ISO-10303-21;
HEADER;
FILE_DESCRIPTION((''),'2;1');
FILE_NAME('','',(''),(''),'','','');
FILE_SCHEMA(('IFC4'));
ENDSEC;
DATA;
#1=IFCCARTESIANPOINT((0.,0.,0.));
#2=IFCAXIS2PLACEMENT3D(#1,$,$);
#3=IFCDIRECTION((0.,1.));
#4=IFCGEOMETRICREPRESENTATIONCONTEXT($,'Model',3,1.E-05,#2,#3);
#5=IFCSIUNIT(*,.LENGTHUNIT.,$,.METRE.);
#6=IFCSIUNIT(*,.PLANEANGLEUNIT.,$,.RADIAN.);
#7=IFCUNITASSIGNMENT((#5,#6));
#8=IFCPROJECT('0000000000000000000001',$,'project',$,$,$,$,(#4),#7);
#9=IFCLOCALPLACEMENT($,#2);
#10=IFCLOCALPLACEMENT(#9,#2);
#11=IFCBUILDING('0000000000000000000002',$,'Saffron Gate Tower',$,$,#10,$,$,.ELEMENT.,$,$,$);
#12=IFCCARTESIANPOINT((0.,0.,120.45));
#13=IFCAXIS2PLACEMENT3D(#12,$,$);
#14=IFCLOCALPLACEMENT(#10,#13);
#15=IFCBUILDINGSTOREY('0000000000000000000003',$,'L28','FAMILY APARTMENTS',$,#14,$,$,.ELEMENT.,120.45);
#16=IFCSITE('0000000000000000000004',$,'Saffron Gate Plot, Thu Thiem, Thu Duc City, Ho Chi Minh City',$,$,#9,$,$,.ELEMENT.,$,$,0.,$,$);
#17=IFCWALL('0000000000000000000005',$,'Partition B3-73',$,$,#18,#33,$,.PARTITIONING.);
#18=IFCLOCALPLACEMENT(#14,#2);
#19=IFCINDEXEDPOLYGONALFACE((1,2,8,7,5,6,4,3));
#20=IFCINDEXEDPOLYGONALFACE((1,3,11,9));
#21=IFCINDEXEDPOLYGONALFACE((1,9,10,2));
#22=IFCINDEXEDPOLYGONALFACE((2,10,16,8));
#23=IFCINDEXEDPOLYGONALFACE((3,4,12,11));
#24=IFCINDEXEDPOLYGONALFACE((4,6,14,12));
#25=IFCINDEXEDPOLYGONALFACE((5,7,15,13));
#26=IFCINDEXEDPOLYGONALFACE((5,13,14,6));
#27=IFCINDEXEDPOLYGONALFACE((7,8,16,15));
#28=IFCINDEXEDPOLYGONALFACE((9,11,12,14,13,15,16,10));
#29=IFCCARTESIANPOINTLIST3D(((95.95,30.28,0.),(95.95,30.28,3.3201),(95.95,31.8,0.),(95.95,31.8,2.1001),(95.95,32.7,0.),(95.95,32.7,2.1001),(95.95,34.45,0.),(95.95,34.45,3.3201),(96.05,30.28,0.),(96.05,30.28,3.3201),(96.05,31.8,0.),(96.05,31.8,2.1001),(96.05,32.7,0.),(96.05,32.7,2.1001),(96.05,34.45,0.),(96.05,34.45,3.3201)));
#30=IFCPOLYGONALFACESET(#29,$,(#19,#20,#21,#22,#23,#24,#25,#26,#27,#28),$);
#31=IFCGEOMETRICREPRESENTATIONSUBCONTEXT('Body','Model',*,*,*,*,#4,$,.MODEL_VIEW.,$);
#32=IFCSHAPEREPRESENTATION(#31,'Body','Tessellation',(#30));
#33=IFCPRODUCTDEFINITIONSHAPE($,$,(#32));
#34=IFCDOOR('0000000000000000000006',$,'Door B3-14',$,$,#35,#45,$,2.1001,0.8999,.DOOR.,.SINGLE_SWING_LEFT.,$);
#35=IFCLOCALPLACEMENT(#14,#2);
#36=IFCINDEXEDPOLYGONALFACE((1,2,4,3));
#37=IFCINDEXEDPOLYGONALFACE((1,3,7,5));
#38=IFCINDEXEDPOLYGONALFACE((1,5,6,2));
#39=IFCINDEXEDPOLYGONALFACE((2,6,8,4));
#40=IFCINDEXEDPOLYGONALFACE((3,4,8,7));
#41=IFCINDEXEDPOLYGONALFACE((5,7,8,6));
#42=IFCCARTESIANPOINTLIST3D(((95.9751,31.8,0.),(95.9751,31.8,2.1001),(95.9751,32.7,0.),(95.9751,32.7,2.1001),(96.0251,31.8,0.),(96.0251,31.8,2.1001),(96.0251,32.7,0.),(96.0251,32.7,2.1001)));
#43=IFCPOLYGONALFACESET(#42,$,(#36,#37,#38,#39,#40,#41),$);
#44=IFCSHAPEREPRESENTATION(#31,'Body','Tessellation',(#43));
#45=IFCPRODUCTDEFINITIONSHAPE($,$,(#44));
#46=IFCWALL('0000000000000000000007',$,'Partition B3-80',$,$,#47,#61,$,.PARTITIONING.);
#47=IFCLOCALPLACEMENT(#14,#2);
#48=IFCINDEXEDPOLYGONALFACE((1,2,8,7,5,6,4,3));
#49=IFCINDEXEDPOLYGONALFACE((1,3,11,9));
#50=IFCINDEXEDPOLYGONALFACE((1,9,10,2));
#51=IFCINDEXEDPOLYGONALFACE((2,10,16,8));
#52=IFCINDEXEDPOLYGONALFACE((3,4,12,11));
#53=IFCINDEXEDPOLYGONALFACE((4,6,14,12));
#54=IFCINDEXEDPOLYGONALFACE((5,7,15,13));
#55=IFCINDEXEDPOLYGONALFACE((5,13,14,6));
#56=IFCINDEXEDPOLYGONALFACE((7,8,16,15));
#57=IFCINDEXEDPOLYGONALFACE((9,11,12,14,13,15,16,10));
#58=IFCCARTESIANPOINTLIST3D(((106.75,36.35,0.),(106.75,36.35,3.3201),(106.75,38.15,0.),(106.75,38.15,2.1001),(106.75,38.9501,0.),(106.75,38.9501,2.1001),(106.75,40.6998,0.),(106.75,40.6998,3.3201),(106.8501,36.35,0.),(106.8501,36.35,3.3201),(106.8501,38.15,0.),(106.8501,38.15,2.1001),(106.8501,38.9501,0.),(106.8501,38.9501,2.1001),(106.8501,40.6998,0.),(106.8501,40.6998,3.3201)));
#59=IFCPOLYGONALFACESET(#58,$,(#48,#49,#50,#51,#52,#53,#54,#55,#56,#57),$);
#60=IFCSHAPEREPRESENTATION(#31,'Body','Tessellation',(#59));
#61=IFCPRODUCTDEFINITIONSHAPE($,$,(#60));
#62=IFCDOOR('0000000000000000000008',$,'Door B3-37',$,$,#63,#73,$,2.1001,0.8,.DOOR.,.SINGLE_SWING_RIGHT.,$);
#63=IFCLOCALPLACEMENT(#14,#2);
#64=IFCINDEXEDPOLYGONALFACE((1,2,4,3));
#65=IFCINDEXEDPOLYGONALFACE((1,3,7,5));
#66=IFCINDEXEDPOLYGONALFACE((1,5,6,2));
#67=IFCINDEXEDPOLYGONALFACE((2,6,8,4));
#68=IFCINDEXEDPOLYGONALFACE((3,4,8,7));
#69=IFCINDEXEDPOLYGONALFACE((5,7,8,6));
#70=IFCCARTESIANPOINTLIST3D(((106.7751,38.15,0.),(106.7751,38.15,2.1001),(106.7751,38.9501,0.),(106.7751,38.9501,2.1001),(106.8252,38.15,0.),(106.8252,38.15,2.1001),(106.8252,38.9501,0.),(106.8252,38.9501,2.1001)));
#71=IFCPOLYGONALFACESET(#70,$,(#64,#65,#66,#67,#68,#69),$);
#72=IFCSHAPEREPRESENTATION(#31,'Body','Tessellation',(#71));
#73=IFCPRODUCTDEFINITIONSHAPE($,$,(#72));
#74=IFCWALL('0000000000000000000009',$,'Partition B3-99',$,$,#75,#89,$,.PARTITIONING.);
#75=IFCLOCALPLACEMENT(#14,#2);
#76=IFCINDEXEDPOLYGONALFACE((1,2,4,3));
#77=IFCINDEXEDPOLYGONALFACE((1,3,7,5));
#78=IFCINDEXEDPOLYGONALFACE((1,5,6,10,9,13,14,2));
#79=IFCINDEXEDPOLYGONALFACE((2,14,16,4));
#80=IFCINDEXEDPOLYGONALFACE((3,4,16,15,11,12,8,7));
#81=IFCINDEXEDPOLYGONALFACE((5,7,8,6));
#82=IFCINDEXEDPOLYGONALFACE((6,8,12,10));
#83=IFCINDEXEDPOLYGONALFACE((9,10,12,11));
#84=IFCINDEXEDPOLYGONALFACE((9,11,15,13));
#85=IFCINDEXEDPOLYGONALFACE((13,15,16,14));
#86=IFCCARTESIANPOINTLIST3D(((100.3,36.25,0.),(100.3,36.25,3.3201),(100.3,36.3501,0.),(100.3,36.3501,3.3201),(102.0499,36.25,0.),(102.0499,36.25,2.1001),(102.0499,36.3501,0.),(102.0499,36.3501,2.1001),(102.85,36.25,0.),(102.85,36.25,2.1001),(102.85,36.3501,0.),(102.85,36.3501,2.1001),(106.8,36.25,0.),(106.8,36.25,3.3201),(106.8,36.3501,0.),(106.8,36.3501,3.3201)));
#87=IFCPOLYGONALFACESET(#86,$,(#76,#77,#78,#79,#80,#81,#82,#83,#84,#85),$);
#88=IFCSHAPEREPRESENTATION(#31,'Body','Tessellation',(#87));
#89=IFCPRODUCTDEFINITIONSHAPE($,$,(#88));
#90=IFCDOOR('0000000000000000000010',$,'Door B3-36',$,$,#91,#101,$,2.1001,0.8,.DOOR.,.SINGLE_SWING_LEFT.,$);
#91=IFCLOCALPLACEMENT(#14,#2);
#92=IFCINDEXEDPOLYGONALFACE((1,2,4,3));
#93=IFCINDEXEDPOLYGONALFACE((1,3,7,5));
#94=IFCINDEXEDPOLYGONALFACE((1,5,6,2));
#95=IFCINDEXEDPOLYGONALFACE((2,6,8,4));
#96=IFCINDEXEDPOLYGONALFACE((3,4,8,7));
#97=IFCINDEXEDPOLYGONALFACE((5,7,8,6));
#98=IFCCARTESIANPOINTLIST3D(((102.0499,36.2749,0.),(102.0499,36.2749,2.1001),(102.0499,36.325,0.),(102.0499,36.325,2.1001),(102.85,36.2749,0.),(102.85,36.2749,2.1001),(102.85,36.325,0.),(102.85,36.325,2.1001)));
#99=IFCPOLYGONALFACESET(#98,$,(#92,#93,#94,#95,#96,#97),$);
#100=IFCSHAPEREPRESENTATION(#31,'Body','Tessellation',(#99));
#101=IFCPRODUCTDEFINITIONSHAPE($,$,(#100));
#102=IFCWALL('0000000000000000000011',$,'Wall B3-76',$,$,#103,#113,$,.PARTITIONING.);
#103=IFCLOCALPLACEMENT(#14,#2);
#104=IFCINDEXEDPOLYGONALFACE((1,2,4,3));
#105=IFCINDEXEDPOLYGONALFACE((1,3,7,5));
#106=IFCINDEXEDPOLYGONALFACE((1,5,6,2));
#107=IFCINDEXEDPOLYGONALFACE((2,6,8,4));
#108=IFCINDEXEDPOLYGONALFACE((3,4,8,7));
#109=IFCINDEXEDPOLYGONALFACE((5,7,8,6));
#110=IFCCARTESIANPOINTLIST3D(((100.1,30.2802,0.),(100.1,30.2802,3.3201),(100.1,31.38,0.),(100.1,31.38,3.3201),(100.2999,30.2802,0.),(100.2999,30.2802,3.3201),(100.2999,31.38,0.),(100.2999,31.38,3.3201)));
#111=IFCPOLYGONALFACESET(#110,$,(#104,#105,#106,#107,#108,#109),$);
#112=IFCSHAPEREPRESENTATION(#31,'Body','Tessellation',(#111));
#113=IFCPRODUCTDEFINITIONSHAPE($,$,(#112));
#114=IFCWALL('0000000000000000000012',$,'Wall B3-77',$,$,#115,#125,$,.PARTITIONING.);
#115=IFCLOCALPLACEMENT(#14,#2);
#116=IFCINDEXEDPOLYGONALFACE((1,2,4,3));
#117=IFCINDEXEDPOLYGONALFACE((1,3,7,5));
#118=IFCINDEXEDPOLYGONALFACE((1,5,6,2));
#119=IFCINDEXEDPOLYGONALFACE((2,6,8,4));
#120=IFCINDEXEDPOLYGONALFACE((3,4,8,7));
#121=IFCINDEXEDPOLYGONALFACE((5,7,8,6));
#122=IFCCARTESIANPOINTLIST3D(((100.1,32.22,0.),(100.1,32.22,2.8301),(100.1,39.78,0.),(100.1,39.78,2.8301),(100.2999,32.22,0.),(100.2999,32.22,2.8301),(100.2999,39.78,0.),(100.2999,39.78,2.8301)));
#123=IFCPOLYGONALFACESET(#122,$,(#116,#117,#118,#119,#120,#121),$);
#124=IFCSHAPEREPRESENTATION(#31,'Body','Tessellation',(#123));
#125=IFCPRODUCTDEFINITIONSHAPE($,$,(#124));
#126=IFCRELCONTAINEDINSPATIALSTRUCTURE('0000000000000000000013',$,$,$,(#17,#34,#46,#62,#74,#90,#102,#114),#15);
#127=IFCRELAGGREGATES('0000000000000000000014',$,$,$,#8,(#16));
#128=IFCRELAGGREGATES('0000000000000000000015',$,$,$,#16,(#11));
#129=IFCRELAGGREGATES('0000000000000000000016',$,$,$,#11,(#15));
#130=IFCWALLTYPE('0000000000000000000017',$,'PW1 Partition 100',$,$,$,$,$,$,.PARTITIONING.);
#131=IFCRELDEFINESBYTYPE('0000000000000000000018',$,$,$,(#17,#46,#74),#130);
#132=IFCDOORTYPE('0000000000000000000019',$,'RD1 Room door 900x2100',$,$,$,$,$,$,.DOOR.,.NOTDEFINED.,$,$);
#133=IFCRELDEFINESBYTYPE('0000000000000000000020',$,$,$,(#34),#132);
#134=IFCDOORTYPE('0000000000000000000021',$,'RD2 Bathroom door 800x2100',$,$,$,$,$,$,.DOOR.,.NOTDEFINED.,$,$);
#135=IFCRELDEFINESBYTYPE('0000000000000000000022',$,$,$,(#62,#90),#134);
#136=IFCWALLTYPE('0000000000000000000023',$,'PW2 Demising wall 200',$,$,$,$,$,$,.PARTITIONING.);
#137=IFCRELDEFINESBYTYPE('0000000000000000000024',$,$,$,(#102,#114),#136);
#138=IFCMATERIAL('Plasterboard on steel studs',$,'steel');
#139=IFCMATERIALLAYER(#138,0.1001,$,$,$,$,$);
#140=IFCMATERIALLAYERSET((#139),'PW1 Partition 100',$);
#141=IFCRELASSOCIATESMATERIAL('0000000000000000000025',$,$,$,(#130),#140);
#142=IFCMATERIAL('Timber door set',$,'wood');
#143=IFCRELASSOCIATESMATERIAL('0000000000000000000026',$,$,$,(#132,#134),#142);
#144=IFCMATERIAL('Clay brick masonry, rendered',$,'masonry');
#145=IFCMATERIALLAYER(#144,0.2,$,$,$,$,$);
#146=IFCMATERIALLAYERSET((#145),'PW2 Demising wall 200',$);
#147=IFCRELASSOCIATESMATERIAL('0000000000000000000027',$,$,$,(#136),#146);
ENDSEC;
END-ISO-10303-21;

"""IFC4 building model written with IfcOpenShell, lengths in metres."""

from ifc_helpers import new_model, si_unit, direction, frame, frame_2d, origin, place, context, subcontext, project, spatial, rectangle, extrude, material, layer, layer_set, type_object, element, fill, save


model = new_model("IFC4")

# Units and contexts
model_context = context("Model", 3, precision=1e-05, world=origin(), true_north=direction((0.0, 1.0)))
body_context = subcontext(model_context, "Body", "Model", "MODEL_VIEW")
ifc_project = project(units=[si_unit("LENGTHUNIT", "METRE"), si_unit("PLANEANGLEUNIT", "RADIAN")], contexts=[model_context])

# Site, building, storey
site_placement = place(None, origin())
site = spatial("IfcSite", under=ifc_project, at=site_placement, Name="Saffron Gate Plot, Thu Thiem, Thu Duc City, Ho Chi Minh City", CompositionType="ELEMENT", RefElevation=0.0)
building_placement = place(site_placement, origin())
building = spatial("IfcBuilding", under=site, at=building_placement, Name="Saffron Gate Tower", CompositionType="ELEMENT")
storey_placement = place(building_placement, frame((0.0, 0.0, 120.45)))
storey = spatial("IfcBuildingStorey", under=building, at=storey_placement, Name="L28", Description="FAMILY APARTMENTS", CompositionType="ELEMENT", Elevation=120.45)

# Shared definitions
ifc_material_1 = material(Name="Plasterboard on steel studs", Category="steel")
ifc_layer_1 = layer(ifc_material_1, 0.1001)
ifc_layer_set_1 = layer_set([ifc_layer_1], Name="PW1 Partition 100")
wall_type_1 = type_object("IfcWallType", Name="PW1 Partition 100", PredefinedType="PARTITIONING", material=ifc_layer_set_1)
ifc_material_2 = material(Name="Timber door set", Category="wood")
door_type_1 = type_object("IfcDoorType", Name="RD1 Room door 900x2100", OperationType="NOTDEFINED", PredefinedType="DOOR", material=ifc_material_2)

# Walls, openings, doors
wall_1_placement = place(storey_placement, frame((96.0, 30.28, 0.0), z_axis=(0.0, 0.0, 1.0), x_axis=(0.0, 1.0, 0.0)))
wall_1 = element("IfcWall", 1, at=wall_1_placement, inside=storey, type_object=wall_type_1, Name="Partition B3-73", PredefinedType="PARTITIONING", context=body_context, shape_type="SweptSolid", body=[
    extrude(rectangle(XDim=4.1699, YDim=0.1001, at=frame_2d((2.085, 0.0))), origin(), (0.0, 0.0, 1.0), 3.3201),
])
opening_1_placement = place(wall_1_placement, frame((1.52, 0.0, 0.0)))
opening_1 = element("IfcOpeningElement", 2, at=opening_1_placement, cuts=wall_1, PredefinedType="OPENING", context=body_context, shape_type="SweptSolid", body=[
    extrude(rectangle(XDim=0.8999, YDim=2.1001, at=frame_2d((0.45, 1.05))), frame((0.0, 0.0601, 0.0), z_axis=(0.0, -1.0, 0.0), x_axis=(1.0, 0.0, 0.0)), (0.0, 0.0, 1.0), 0.1201),
])
door_1_placement = place(opening_1_placement, origin())
door_1 = element("IfcDoor", 3, at=door_1_placement, inside=storey, type_object=door_type_1, Name="Door B3-14", OperationType="SINGLE_SWING_LEFT", OverallHeight=2.1001, OverallWidth=0.8999, PredefinedType="DOOR", context=body_context, shape_type="SweptSolid", body=[
    extrude(rectangle(XDim=0.8999, YDim=2.1001, at=frame_2d((0.45, 1.05))), frame((0.0, 0.0249, 0.0), z_axis=(0.0, -1.0, 0.0), x_axis=(1.0, 0.0, 0.0)), (0.0, 0.0, 1.0), 0.05),
])
fill(opening_1, door_1)
wall_2_placement = place(storey_placement, frame((106.8, 36.3501, 0.0), z_axis=(0.0, 0.0, 1.0), x_axis=(0.0, 1.0, 0.0)))
wall_2 = element("IfcWall", 4, at=wall_2_placement, inside=storey, type_object=wall_type_1, Name="Partition B3-80", PredefinedType="PARTITIONING", context=body_context, shape_type="SweptSolid", body=[
    extrude(rectangle(XDim=4.3499, YDim=0.1001, at=frame_2d((2.1748, 0.0))), origin(), (0.0, 0.0, 1.0), 3.3201),
])
opening_2_placement = place(wall_2_placement, frame((1.8, 0.0, 0.0)))
opening_2 = element("IfcOpeningElement", 5, at=opening_2_placement, cuts=wall_2, PredefinedType="OPENING", context=body_context, shape_type="SweptSolid", body=[
    extrude(rectangle(XDim=0.8, YDim=2.1001, at=frame_2d((0.3999, 1.05))), frame((0.0, 0.0601, 0.0), z_axis=(0.0, -1.0, 0.0), x_axis=(1.0, 0.0, 0.0)), (0.0, 0.0, 1.0), 0.1201),
])
door_type_2 = type_object("IfcDoorType", Name="RD2 Bathroom door 800x2100", OperationType="NOTDEFINED", PredefinedType="DOOR", material=ifc_material_2)
door_2_placement = place(opening_2_placement, origin())
door_2 = element("IfcDoor", 6, at=door_2_placement, inside=storey, type_object=door_type_2, Name="Door B3-37", OperationType="SINGLE_SWING_RIGHT", OverallHeight=2.1001, OverallWidth=0.8, PredefinedType="DOOR", context=body_context, shape_type="SweptSolid", body=[
    extrude(rectangle(XDim=0.8, YDim=2.1001, at=frame_2d((0.3999, 1.05))), frame((0.0, 0.0249, 0.0), z_axis=(0.0, -1.0, 0.0), x_axis=(1.0, 0.0, 0.0)), (0.0, 0.0, 1.0), 0.05),
])
fill(opening_2, door_2)
wall_3_placement = place(storey_placement, frame((100.3, 36.3, 0.0), z_axis=(0.0, 0.0, 1.0), x_axis=(1.0, 0.0, 0.0)))
wall_3 = element("IfcWall", 7, at=wall_3_placement, inside=storey, type_object=wall_type_1, Name="Partition B3-99", PredefinedType="PARTITIONING", context=body_context, shape_type="SweptSolid", body=[
    extrude(rectangle(XDim=6.5, YDim=0.1001, at=frame_2d((3.25, 0.0))), origin(), (0.0, 0.0, 1.0), 3.3201),
])
opening_3_placement = place(wall_3_placement, frame((1.75, 0.0, 0.0)))
opening_3 = element("IfcOpeningElement", 8, at=opening_3_placement, cuts=wall_3, PredefinedType="OPENING", context=body_context, shape_type="SweptSolid", body=[
    extrude(rectangle(XDim=0.8, YDim=2.1001, at=frame_2d((0.3999, 1.05))), frame((0.0, 0.0601, 0.0), z_axis=(0.0, -1.0, 0.0), x_axis=(1.0, 0.0, 0.0)), (0.0, 0.0, 1.0), 0.1201),
])
door_3_placement = place(opening_3_placement, origin())
door_3 = element("IfcDoor", 9, at=door_3_placement, inside=storey, type_object=door_type_2, Name="Door B3-36", OperationType="SINGLE_SWING_LEFT", OverallHeight=2.1001, OverallWidth=0.8, PredefinedType="DOOR", context=body_context, shape_type="SweptSolid", body=[
    extrude(rectangle(XDim=0.8, YDim=2.1001, at=frame_2d((0.3999, 1.05))), frame((0.0, 0.0249, 0.0), z_axis=(0.0, -1.0, 0.0), x_axis=(1.0, 0.0, 0.0)), (0.0, 0.0, 1.0), 0.05),
])
fill(opening_3, door_3)

# Walls
ifc_material_3 = material(Name="Clay brick masonry, rendered", Category="masonry")
ifc_layer_2 = layer(ifc_material_3, 0.2)
ifc_layer_set_2 = layer_set([ifc_layer_2], Name="PW2 Demising wall 200")
wall_type_2 = type_object("IfcWallType", Name="PW2 Demising wall 200", PredefinedType="PARTITIONING", material=ifc_layer_set_2)
wall_4_placement = place(storey_placement, frame((100.2, 31.3799, 0.0), z_axis=(0.0, 0.0, 1.0), x_axis=(0.0, -1.0, 0.0)))
element("IfcWall", 10, at=wall_4_placement, inside=storey, type_object=wall_type_2, Name="Wall B3-76", PredefinedType="PARTITIONING", context=body_context, shape_type="SweptSolid", body=[
    extrude(rectangle(XDim=1.0999, YDim=0.2, at=frame_2d((0.5498, 0.0))), origin(), (0.0, 0.0, 1.0), 3.3201),
])
wall_5_placement = place(storey_placement, frame((100.2, 39.78, 0.0), z_axis=(0.0, 0.0, 1.0), x_axis=(0.0, -1.0, 0.0)))
element("IfcWall", 11, at=wall_5_placement, inside=storey, type_object=wall_type_2, Name="Wall B3-77", PredefinedType="PARTITIONING", context=body_context, shape_type="SweptSolid", body=[
    extrude(rectangle(XDim=7.5601, YDim=0.2, at=frame_2d((3.78, 0.0))), origin(), (0.0, 0.0, 1.0), 2.8301),
])

save(model, "model.ifc")
